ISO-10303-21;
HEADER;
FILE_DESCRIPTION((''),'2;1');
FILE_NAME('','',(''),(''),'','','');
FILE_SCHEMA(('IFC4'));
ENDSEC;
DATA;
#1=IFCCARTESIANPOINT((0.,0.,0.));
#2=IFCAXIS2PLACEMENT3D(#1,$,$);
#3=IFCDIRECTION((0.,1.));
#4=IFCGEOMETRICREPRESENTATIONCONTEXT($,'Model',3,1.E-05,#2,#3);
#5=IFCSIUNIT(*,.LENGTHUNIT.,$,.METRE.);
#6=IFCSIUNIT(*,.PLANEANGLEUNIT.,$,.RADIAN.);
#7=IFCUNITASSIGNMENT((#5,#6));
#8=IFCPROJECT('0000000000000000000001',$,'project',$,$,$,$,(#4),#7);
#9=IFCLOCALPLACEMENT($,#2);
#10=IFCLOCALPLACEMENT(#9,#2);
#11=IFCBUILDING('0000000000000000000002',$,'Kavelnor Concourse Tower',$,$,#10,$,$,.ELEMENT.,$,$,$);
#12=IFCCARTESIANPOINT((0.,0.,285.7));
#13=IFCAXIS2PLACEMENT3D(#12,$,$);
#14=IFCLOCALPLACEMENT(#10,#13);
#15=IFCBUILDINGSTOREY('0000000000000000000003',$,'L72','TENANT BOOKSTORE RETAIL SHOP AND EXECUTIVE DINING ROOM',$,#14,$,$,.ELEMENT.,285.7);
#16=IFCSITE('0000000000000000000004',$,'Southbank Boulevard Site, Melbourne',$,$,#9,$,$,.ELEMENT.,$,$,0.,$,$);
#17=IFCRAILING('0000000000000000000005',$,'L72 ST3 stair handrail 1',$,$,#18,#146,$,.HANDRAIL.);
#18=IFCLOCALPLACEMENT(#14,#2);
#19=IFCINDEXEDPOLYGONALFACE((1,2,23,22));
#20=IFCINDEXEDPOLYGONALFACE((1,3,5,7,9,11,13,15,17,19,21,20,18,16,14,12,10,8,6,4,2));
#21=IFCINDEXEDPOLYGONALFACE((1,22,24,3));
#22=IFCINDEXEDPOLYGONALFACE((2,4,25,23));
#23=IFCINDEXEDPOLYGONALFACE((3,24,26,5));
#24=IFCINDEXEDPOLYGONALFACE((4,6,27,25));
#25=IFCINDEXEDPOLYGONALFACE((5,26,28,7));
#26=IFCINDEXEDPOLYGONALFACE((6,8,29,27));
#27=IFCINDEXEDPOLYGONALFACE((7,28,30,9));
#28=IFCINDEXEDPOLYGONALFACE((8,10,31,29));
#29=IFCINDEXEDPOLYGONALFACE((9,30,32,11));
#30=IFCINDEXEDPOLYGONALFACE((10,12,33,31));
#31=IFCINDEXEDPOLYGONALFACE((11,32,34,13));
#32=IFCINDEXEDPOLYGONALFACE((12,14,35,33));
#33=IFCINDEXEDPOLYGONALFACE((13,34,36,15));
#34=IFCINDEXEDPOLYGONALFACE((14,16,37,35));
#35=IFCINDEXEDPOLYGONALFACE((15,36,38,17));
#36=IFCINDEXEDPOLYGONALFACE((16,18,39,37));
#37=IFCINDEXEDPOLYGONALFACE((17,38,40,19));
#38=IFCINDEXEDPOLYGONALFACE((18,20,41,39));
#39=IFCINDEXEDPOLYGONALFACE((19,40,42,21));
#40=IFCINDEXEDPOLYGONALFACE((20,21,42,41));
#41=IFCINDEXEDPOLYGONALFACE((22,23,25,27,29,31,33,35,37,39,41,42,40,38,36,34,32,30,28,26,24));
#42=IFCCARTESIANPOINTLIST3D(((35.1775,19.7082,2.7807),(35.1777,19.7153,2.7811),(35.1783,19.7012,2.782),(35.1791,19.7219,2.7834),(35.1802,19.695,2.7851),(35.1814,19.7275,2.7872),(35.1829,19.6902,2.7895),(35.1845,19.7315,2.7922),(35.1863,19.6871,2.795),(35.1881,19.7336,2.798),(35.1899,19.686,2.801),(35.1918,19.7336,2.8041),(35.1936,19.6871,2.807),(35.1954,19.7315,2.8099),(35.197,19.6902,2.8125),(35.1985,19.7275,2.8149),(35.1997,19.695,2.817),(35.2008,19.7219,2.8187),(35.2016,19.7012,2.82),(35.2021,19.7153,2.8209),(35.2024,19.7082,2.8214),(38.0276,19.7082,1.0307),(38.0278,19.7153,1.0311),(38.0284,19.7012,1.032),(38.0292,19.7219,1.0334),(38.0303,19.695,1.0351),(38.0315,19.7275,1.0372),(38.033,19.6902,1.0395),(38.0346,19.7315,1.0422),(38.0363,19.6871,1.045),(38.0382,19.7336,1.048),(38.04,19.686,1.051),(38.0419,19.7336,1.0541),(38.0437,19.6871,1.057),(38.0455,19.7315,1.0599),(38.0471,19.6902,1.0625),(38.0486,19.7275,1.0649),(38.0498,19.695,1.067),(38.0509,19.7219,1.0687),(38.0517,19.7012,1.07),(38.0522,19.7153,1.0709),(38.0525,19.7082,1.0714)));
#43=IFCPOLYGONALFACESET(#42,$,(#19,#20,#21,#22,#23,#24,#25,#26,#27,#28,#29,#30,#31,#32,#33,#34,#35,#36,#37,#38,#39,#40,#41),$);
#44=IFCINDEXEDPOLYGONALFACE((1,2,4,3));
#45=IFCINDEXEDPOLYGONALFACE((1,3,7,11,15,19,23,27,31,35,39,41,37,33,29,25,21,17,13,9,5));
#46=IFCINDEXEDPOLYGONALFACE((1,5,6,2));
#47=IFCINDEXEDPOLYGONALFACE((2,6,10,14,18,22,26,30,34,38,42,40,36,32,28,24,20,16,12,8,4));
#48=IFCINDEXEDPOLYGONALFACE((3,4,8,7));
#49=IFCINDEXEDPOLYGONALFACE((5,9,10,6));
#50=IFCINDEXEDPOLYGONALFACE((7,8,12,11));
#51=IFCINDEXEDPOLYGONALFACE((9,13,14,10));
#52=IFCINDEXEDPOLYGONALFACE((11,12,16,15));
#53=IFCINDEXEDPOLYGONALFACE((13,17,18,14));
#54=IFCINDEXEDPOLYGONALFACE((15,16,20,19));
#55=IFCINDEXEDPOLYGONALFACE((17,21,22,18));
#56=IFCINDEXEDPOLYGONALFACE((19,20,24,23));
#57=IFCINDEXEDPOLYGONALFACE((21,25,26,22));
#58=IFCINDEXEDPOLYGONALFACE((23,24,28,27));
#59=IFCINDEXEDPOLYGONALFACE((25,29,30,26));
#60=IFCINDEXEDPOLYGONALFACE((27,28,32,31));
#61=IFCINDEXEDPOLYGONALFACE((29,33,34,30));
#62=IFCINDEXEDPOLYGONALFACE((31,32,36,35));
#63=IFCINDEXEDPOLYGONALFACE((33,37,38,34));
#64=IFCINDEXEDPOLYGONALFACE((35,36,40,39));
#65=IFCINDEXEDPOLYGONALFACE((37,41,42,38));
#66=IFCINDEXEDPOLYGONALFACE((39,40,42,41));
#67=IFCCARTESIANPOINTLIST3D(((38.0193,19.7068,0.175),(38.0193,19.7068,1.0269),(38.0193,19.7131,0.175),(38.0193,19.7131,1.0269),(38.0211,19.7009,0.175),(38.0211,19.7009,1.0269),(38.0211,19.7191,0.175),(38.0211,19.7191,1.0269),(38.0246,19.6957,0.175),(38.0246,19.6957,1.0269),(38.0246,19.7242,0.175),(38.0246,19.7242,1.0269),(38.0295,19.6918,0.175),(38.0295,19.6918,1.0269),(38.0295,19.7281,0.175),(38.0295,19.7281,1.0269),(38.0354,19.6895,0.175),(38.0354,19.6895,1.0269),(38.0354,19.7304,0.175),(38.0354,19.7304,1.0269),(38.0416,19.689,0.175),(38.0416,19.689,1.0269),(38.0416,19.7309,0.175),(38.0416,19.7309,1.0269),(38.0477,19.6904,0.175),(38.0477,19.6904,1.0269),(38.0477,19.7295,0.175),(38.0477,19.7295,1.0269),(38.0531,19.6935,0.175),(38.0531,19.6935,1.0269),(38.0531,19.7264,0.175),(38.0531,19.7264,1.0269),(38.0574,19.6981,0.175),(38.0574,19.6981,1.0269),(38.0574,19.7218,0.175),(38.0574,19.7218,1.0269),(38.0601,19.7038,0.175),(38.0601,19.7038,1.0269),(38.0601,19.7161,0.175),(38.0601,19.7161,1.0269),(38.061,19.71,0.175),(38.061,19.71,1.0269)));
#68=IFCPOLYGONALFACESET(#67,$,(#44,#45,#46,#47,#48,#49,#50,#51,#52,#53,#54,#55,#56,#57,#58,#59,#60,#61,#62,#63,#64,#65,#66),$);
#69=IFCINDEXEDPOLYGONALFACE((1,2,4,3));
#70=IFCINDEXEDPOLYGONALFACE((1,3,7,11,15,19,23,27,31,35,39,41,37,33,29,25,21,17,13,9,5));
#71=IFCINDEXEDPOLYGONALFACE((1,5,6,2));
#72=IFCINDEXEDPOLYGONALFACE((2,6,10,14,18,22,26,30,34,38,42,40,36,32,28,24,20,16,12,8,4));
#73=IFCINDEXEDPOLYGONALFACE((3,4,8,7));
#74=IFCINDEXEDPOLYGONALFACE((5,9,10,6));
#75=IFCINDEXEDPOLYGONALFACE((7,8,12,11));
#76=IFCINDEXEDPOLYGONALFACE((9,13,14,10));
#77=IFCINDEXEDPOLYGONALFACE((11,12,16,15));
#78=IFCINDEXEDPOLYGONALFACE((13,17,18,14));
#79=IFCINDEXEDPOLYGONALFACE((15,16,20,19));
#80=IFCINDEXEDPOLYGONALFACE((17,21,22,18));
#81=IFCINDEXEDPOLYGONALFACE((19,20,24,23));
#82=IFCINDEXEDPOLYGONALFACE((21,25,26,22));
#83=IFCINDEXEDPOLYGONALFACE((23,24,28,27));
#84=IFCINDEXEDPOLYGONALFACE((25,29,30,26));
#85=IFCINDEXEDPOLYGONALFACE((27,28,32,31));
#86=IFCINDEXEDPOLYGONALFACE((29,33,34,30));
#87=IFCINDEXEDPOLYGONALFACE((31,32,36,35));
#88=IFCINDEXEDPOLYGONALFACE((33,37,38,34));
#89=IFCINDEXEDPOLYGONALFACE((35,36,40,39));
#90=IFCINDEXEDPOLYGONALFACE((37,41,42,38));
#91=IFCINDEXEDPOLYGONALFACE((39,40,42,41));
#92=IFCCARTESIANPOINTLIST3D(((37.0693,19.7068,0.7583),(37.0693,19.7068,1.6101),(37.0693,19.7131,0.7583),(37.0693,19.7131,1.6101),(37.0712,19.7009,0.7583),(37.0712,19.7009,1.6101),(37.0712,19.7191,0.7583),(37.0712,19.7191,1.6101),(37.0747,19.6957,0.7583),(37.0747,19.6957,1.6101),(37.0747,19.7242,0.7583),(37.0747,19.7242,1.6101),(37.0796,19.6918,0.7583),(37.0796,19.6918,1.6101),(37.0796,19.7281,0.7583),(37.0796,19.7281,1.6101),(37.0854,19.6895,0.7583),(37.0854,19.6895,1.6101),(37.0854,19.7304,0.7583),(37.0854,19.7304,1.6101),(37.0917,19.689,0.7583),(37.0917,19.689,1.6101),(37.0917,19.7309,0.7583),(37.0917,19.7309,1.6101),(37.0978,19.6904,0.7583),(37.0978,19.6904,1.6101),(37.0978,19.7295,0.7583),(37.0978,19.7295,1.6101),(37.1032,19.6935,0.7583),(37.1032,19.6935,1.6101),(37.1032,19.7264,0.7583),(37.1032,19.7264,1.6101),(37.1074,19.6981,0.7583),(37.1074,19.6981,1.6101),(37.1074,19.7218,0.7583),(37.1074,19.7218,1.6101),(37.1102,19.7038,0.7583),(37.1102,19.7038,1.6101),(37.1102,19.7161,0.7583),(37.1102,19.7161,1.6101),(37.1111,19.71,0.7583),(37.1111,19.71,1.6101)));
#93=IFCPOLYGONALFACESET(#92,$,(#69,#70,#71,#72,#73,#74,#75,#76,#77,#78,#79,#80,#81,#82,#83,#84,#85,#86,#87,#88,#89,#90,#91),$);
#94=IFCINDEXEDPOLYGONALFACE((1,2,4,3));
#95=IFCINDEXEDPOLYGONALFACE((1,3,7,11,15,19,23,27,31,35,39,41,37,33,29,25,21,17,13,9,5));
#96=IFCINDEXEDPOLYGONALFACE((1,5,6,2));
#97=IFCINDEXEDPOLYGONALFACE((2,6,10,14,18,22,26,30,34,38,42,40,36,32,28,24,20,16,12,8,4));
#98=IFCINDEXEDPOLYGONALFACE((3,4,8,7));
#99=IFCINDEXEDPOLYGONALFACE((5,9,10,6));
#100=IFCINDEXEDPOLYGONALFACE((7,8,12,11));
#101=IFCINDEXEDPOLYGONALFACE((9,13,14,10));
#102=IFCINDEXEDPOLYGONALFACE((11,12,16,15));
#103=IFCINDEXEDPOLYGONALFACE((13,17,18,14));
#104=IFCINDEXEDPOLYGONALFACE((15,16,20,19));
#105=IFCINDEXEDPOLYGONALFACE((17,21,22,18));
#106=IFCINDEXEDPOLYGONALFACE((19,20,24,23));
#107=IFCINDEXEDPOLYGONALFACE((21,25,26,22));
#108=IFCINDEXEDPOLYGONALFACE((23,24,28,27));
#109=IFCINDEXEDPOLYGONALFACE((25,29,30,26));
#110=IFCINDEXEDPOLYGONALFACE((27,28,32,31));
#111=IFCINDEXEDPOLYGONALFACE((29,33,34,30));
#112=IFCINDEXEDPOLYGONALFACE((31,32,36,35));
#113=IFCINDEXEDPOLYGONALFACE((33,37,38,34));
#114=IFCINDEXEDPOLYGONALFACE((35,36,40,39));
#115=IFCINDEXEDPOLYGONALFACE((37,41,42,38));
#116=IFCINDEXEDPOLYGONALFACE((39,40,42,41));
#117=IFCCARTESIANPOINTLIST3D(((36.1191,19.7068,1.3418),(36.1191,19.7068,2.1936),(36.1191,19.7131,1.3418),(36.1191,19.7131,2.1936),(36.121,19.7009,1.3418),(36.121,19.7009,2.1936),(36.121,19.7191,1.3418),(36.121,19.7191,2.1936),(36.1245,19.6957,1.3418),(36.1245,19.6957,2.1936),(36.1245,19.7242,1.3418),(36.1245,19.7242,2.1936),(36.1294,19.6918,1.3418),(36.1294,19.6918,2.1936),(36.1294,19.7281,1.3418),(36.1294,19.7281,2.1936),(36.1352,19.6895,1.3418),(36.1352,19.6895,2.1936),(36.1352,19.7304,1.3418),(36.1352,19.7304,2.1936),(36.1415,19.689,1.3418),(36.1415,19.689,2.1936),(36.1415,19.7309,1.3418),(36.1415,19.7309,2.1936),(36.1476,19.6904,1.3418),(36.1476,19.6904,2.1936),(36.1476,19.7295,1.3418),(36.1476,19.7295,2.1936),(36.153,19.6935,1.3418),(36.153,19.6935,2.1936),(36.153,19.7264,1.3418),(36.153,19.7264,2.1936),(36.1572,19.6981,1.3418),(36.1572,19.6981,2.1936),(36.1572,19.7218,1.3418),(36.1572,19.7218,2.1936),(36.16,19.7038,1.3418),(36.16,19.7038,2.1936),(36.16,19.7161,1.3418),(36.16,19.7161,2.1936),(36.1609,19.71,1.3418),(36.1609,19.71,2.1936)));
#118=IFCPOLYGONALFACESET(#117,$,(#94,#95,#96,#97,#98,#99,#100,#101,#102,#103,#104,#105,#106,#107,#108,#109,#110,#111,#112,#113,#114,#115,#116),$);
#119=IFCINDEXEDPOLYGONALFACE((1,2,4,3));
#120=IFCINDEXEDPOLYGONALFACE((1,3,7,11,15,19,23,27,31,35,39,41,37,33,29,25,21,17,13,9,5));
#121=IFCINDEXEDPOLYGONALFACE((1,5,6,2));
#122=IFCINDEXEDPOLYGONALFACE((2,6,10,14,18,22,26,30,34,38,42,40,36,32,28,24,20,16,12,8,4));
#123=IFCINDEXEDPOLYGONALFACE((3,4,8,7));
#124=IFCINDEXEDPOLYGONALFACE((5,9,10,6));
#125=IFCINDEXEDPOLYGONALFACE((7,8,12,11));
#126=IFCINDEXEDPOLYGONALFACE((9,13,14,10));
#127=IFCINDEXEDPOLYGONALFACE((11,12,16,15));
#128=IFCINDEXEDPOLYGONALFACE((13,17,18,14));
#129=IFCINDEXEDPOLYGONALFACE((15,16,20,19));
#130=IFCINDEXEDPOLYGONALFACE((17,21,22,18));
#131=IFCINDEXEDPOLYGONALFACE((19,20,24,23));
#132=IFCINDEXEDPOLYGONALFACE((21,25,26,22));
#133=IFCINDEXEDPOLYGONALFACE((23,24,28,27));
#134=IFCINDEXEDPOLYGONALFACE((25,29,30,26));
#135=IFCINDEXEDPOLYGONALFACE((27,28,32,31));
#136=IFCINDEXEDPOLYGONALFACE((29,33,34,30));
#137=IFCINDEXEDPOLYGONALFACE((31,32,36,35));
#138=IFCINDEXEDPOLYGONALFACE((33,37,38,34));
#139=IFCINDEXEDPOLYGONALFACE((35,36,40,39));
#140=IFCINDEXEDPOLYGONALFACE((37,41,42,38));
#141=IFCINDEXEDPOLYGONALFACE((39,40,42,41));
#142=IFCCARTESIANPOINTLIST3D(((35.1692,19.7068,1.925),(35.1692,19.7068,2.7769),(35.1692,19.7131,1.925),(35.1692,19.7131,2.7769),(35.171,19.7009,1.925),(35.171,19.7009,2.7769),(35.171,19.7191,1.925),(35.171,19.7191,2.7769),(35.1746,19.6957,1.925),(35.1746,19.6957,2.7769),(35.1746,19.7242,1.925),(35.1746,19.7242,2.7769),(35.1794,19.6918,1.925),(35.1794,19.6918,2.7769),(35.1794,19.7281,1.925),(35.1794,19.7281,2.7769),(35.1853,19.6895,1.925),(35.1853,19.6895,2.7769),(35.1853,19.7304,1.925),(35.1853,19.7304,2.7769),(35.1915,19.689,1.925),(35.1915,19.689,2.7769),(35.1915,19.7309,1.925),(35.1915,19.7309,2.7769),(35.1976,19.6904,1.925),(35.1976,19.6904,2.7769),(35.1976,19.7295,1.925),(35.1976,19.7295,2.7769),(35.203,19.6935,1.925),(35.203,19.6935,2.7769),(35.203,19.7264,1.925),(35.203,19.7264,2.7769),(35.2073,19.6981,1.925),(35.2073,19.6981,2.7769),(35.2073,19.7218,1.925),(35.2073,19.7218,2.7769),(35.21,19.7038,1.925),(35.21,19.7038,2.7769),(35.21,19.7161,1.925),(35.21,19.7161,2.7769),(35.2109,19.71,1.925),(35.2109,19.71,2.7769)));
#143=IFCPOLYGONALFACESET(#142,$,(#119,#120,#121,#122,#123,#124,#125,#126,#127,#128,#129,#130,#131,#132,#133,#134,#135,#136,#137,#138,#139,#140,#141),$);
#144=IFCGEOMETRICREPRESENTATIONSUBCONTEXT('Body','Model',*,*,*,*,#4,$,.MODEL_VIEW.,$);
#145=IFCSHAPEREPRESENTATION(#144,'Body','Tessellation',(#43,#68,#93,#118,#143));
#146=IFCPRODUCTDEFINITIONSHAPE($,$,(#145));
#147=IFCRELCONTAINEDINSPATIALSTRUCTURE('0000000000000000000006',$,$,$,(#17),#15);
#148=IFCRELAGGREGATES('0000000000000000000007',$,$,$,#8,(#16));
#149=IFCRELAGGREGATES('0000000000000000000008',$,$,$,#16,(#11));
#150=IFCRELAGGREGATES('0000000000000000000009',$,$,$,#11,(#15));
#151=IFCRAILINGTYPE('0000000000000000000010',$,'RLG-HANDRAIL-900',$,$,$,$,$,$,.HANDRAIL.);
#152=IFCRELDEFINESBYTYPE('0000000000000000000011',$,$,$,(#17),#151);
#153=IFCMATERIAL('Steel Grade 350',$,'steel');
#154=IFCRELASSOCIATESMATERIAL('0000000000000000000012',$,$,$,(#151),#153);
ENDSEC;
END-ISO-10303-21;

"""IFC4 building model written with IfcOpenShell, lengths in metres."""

from ifc_helpers import new_model, si_unit, direction, frame, origin, origin_2d, place, context, subcontext, project, spatial, circle, extrude, material, type_object, element, save


model = new_model("IFC4")

# Units and contexts
model_context = context("Model", 3, precision=1e-05, world=origin(), true_north=direction((0.0, 1.0)))
body_context = subcontext(model_context, "Body", "Model", "MODEL_VIEW")
ifc_project = project(units=[si_unit("LENGTHUNIT", "METRE"), si_unit("PLANEANGLEUNIT", "RADIAN")], contexts=[model_context])

# Site, building, storey
site_placement = place(None, origin())
site = spatial("IfcSite", under=ifc_project, at=site_placement, Name="Southbank Boulevard Site, Melbourne", CompositionType="ELEMENT", RefElevation=0.0)
building_placement = place(site_placement, origin())
building = spatial("IfcBuilding", under=site, at=building_placement, Name="Kavelnor Concourse Tower", CompositionType="ELEMENT")
storey_placement = place(building_placement, frame((0.0, 0.0, 285.7)))
storey = spatial("IfcBuildingStorey", under=building, at=storey_placement, Name="L72", Description="TENANT BOOKSTORE RETAIL SHOP AND EXECUTIVE DINING ROOM", CompositionType="ELEMENT", Elevation=285.7)

# Shared definitions
ifc_material_1 = material(Name="Steel Grade 350", Category="steel")

# Railing
railing_type_1 = type_object("IfcRailingType", Name="RLG-HANDRAIL-900", PredefinedType="HANDRAIL", material=ifc_material_1)
railing_1_placement = place(storey_placement, frame((38.04, 19.71, 0.175)))
element("IfcRailing", 1, at=railing_1_placement, inside=storey, type_object=railing_type_1, Name="L72 ST3 stair handrail 1", PredefinedType="HANDRAIL", context=body_context, shape_type="SweptSolid", body=[
    extrude(circle(Radius=0.0239, at=origin_2d()), frame((0.0, 0.0, 0.876), z_axis=(-0.852179, 0.0, 0.52325), x_axis=(0.0, -1.0, 0.0)), (0.0, 0.0, 1.0), 3.3445),
    extrude(circle(Radius=0.021, at=origin_2d()), origin(), (0.0, 0.0, 1.0), 0.8518),
    extrude(circle(Radius=0.021, at=origin_2d()), frame((-0.95, 0.0, 0.5833)), (0.0, 0.0, 1.0), 0.8518),
    extrude(circle(Radius=0.021, at=origin_2d()), frame((-1.9001, 0.0, 1.1667)), (0.0, 0.0, 1.0), 0.8518),
    extrude(circle(Radius=0.021, at=origin_2d()), frame((-2.8501, 0.0, 1.75)), (0.0, 0.0, 1.0), 0.8518),
])

save(model, "model.ifc")
